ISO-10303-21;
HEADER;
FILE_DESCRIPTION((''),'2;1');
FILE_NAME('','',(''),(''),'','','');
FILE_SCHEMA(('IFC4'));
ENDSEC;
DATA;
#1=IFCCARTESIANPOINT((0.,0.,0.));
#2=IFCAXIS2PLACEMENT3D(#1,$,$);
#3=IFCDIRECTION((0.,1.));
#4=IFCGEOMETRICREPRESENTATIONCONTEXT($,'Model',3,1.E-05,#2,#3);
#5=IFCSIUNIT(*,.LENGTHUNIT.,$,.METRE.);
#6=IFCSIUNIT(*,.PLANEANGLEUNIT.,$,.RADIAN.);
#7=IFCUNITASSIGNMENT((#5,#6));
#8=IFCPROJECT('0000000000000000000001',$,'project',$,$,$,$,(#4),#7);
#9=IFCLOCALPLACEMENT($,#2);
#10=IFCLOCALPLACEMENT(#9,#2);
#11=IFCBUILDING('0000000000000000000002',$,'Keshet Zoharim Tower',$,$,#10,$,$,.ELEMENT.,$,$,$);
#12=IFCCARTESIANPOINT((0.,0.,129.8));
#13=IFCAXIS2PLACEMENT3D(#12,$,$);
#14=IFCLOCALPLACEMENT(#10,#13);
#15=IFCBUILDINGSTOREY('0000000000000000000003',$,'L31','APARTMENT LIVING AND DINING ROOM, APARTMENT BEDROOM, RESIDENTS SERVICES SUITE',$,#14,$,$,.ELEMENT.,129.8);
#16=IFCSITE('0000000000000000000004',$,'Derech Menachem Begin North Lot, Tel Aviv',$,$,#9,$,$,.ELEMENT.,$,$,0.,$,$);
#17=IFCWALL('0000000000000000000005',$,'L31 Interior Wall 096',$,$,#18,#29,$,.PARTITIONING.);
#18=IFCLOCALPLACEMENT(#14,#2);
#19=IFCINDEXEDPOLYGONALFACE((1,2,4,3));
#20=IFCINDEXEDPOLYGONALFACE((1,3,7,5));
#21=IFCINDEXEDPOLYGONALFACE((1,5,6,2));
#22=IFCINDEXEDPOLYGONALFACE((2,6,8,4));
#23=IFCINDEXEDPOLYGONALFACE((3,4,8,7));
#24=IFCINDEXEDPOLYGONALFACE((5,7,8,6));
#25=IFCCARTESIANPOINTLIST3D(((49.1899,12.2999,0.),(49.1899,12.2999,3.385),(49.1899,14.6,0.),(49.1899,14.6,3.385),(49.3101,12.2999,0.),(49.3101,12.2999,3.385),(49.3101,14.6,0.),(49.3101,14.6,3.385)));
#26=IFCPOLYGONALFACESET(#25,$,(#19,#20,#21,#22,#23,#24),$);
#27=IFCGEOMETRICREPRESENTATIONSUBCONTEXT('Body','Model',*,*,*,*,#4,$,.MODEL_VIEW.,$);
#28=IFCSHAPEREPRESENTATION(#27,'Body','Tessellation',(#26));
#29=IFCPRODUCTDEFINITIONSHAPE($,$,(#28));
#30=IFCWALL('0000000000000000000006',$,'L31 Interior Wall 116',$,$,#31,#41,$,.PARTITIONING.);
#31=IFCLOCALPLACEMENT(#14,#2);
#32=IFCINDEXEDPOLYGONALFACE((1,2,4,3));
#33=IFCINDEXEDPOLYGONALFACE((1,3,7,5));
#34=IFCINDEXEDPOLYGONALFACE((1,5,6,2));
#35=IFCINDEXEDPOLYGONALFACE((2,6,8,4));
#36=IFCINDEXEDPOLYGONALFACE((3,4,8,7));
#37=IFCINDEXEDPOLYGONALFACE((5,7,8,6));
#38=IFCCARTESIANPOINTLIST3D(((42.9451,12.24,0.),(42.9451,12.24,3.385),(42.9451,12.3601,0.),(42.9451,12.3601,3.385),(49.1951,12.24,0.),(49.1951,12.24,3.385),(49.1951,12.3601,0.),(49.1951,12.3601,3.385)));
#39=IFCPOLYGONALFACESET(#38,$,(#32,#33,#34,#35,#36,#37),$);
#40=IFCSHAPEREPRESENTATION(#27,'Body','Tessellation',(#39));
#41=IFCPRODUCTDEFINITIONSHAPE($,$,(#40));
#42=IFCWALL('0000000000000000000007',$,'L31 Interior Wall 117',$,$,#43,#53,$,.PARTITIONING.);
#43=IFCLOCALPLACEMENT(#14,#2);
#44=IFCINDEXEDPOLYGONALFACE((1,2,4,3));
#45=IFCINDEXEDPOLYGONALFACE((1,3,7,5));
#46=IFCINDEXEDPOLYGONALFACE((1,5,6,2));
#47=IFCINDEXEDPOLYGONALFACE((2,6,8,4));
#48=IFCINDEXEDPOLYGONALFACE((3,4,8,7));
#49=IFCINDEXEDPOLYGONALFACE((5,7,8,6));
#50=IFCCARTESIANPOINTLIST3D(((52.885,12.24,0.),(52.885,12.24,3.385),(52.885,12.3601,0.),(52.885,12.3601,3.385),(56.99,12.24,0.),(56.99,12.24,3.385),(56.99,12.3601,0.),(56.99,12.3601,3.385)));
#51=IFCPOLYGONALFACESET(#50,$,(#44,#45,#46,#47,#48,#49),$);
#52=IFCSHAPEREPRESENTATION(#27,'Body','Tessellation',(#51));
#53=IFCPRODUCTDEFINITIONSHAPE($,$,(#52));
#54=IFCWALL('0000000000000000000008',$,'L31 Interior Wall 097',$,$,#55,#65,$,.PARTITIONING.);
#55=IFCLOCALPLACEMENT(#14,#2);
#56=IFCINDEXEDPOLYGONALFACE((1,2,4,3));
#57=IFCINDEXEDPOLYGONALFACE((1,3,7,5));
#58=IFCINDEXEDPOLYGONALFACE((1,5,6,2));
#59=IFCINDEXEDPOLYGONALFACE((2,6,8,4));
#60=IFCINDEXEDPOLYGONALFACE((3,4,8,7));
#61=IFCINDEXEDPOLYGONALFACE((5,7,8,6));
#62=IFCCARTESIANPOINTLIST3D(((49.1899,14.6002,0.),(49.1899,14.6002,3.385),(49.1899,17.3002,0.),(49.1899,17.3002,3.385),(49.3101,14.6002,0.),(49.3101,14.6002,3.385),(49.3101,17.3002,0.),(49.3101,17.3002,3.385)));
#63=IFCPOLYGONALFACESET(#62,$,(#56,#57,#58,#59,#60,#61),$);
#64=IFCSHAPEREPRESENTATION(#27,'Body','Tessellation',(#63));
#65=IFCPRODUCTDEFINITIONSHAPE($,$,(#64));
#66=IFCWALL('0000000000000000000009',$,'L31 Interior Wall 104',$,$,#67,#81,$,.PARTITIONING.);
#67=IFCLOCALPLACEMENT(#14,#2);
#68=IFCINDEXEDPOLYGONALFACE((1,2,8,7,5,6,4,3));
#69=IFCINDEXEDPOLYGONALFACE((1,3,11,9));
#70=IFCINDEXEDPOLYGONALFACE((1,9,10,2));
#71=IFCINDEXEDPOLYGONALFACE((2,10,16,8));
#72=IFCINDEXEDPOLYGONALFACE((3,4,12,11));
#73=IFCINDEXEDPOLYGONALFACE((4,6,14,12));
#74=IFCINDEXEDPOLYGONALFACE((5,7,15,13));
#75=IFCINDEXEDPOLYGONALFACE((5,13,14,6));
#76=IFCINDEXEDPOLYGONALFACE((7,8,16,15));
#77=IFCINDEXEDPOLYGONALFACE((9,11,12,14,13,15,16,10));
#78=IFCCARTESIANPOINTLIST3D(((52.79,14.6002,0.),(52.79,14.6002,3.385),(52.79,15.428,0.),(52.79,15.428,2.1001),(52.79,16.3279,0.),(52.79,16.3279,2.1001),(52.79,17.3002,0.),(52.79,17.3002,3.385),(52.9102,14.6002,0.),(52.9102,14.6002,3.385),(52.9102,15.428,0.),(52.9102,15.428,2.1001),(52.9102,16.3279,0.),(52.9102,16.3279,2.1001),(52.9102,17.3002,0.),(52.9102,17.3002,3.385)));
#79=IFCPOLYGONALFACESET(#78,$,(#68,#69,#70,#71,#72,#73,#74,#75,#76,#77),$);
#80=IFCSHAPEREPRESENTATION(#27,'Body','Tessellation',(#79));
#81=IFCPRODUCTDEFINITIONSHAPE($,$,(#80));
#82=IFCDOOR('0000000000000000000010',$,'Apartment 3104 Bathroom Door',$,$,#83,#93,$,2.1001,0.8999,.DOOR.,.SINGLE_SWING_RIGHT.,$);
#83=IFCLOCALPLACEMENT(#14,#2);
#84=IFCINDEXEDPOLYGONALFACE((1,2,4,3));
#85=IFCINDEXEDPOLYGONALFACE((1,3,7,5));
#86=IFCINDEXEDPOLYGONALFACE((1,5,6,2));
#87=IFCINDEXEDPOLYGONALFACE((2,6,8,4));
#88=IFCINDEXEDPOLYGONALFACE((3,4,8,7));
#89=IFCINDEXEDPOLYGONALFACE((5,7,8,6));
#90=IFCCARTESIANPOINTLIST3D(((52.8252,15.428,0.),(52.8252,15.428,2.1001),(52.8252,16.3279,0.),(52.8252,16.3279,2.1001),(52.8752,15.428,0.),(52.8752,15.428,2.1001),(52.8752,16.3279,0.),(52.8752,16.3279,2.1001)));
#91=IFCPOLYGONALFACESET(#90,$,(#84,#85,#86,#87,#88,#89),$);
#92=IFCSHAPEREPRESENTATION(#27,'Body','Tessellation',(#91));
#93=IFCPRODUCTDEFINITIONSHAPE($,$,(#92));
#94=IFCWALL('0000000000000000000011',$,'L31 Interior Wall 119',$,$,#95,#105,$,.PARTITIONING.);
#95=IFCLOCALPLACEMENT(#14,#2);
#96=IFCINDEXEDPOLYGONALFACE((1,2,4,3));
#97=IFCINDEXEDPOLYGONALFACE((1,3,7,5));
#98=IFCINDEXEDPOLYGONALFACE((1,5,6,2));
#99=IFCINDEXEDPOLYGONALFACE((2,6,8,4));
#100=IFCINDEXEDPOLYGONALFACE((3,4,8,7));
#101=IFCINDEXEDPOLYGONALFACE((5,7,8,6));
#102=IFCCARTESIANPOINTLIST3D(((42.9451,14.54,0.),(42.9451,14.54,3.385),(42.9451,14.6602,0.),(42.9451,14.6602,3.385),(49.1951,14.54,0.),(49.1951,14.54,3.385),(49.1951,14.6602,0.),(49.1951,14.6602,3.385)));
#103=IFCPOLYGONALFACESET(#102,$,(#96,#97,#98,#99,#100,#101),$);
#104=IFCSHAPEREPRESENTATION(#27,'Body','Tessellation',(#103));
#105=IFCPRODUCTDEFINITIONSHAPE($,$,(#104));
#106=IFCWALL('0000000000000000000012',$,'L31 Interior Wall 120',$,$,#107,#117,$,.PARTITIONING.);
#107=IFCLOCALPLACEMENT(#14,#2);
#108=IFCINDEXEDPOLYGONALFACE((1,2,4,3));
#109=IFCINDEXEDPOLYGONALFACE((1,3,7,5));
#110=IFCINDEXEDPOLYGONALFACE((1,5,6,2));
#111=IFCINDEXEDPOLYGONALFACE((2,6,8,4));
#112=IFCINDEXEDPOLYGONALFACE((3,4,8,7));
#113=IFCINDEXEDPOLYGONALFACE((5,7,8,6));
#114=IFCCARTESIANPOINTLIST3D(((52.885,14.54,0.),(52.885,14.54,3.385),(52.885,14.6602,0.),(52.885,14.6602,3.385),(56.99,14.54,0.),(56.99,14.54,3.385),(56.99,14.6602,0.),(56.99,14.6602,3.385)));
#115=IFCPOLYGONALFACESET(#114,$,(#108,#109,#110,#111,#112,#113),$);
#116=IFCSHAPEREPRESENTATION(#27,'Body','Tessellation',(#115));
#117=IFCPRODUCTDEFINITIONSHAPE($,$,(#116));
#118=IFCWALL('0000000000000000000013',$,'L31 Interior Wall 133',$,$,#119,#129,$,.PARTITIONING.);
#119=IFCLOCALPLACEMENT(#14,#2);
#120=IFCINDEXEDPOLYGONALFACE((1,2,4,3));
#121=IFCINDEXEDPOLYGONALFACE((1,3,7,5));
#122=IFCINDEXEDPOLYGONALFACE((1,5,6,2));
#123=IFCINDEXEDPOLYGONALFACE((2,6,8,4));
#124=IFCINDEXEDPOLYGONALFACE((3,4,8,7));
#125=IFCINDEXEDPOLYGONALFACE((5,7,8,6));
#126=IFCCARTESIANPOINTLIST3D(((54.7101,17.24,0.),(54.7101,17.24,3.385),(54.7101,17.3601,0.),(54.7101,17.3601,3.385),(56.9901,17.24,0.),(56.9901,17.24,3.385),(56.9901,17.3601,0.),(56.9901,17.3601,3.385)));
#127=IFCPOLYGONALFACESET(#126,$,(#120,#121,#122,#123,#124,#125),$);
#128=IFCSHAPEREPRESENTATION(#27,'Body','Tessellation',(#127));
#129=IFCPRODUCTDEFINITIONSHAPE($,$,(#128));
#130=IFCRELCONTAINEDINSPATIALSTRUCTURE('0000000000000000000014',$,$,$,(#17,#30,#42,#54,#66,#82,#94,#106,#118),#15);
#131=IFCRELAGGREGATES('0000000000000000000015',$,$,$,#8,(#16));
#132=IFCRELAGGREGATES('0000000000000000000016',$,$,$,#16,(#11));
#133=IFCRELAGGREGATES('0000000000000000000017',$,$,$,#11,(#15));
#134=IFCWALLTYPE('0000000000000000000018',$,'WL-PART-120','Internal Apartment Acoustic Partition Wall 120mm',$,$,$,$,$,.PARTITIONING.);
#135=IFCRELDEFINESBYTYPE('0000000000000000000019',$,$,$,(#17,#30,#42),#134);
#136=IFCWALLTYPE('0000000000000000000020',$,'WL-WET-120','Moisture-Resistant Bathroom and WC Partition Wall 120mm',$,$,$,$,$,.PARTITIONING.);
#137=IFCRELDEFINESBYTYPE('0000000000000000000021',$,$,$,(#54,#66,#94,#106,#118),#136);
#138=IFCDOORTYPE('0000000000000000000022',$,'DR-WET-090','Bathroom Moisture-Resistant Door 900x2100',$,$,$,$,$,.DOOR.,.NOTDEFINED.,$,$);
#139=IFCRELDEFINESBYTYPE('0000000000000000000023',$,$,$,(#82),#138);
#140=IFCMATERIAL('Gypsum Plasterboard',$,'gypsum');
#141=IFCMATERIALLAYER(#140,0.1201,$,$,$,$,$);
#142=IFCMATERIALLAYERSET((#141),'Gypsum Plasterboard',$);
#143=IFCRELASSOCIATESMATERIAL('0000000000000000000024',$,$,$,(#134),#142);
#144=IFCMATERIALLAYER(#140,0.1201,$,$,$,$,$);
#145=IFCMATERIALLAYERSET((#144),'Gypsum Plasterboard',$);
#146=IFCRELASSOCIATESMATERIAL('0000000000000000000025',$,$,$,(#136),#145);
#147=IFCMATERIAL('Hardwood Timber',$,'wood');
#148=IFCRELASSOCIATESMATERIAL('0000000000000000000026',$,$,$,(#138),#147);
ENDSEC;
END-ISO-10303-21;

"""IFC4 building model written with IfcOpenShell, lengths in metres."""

from ifc_helpers import new_model, si_unit, direction, frame, frame_2d, origin, place, context, subcontext, project, spatial, rectangle, extrude, material, layer, layer_set, type_object, element, fill, save


model = new_model("IFC4")

# Units and contexts
model_context = context("Model", 3, precision=1e-05, world=origin(), true_north=direction((0.0, 1.0)))
body_context = subcontext(model_context, "Body", "Model", "MODEL_VIEW")
ifc_project = project(units=[si_unit("LENGTHUNIT", "METRE"), si_unit("PLANEANGLEUNIT", "RADIAN")], contexts=[model_context])

# Site, building, storey
site_placement = place(None, origin())
site = spatial("IfcSite", under=ifc_project, at=site_placement, Name="Derech Menachem Begin North Lot, Tel Aviv", CompositionType="ELEMENT", RefElevation=0.0)
building_placement = place(site_placement, origin())
building = spatial("IfcBuilding", under=site, at=building_placement, Name="Keshet Zoharim Tower", CompositionType="ELEMENT")
storey_placement = place(building_placement, frame((0.0, 0.0, 129.8)))
storey = spatial("IfcBuildingStorey", under=building, at=storey_placement, Name="L31", Description="APARTMENT LIVING AND DINING ROOM, APARTMENT BEDROOM, RESIDENTS SERVICES SUITE", CompositionType="ELEMENT", Elevation=129.8)

# Shared definitions
ifc_material_1 = material(Name="Gypsum Plasterboard", Category="gypsum")

# Shared definitions
ifc_material_2 = material(Name="Hardwood Timber", Category="wood")

# Wall
ifc_layer_1 = layer(ifc_material_1, 0.1201)
ifc_layer_set_1 = layer_set([ifc_layer_1], Name="Gypsum Plasterboard")
wall_type_1 = type_object("IfcWallType", Name="WL-PART-120", Description="Internal Apartment Acoustic Partition Wall 120mm", PredefinedType="PARTITIONING", material=ifc_layer_set_1)
wall_1_placement = place(storey_placement, frame((49.25, 12.3, 0.0), z_axis=(0.0, 0.0, 1.0), x_axis=(0.0, 1.0, 0.0)))
element("IfcWall", 1, at=wall_1_placement, inside=storey, type_object=wall_type_1, Name="L31 Interior Wall 096", PredefinedType="PARTITIONING", context=body_context, shape_type="SweptSolid", body=[
    extrude(rectangle(XDim=2.3, YDim=0.1201, at=frame_2d((1.1499, 0.0))), origin(), (0.0, 0.0, 1.0), 3.385),
])

# Walls
wall_2_placement = place(storey_placement, frame((42.9451, 12.3, 0.0), z_axis=(0.0, 0.0, 1.0), x_axis=(1.0, 0.0, 0.0)))
element("IfcWall", 2, at=wall_2_placement, inside=storey, type_object=wall_type_1, Name="L31 Interior Wall 116", PredefinedType="PARTITIONING", context=body_context, shape_type="SweptSolid", body=[
    extrude(rectangle(XDim=6.25, YDim=0.1201, at=frame_2d((3.125, 0.0))), origin(), (0.0, 0.0, 1.0), 3.385),
])
wall_3_placement = place(storey_placement, frame((52.885, 12.3, 0.0), z_axis=(0.0, 0.0, 1.0), x_axis=(1.0, 0.0, 0.0)))
element("IfcWall", 3, at=wall_3_placement, inside=storey, type_object=wall_type_1, Name="L31 Interior Wall 117", PredefinedType="PARTITIONING", context=body_context, shape_type="SweptSolid", body=[
    extrude(rectangle(XDim=4.105, YDim=0.1201, at=frame_2d((2.0525, 0.0))), origin(), (0.0, 0.0, 1.0), 3.385),
])
ifc_layer_2 = layer(ifc_material_1, 0.1201)
ifc_layer_set_2 = layer_set([ifc_layer_2], Name="Gypsum Plasterboard")
wall_type_2 = type_object("IfcWallType", Name="WL-WET-120", Description="Moisture-Resistant Bathroom and WC Partition Wall 120mm", PredefinedType="PARTITIONING", material=ifc_layer_set_2)
wall_4_placement = place(storey_placement, frame((49.25, 14.6001, 0.0), z_axis=(0.0, 0.0, 1.0), x_axis=(0.0, 1.0, 0.0)))
element("IfcWall", 4, at=wall_4_placement, inside=storey, type_object=wall_type_2, Name="L31 Interior Wall 097", PredefinedType="PARTITIONING", context=body_context, shape_type="SweptSolid", body=[
    extrude(rectangle(XDim=2.7, YDim=0.1201, at=frame_2d((1.3501, 0.0))), origin(), (0.0, 0.0, 1.0), 3.385),
])

# Wall, opening, door
wall_5_placement = place(storey_placement, frame((52.8501, 14.6001, 0.0), z_axis=(0.0, 0.0, 1.0), x_axis=(0.0, 1.0, 0.0)))
wall_5 = element("IfcWall", 5, at=wall_5_placement, inside=storey, type_object=wall_type_2, Name="L31 Interior Wall 104", PredefinedType="PARTITIONING", context=body_context, shape_type="SweptSolid", body=[
    extrude(rectangle(XDim=2.7, YDim=0.1201, at=frame_2d((1.3501, 0.0))), origin(), (0.0, 0.0, 1.0), 3.385),
])
opening_1_placement = place(wall_5_placement, frame((0.8279, 0.0, 0.0)))
opening_1 = element("IfcOpeningElement", 6, at=opening_1_placement, cuts=wall_5, PredefinedType="OPENING", context=body_context, shape_type="SweptSolid", body=[
    extrude(rectangle(XDim=0.8999, YDim=2.1001, at=frame_2d((0.45, 1.05))), frame((0.0, 0.0701, 0.0), z_axis=(0.0, -1.0, 0.0), x_axis=(1.0, 0.0, 0.0)), (0.0, 0.0, 1.0), 0.1401),
])
door_type_1 = type_object("IfcDoorType", Name="DR-WET-090", Description="Bathroom Moisture-Resistant Door 900x2100", OperationType="NOTDEFINED", PredefinedType="DOOR", material=ifc_material_2)
door_1_placement = place(opening_1_placement, origin())
door_1 = element("IfcDoor", 7, at=door_1_placement, inside=storey, type_object=door_type_1, Name="Apartment 3104 Bathroom Door", OperationType="SINGLE_SWING_RIGHT", OverallHeight=2.1001, OverallWidth=0.8999, PredefinedType="DOOR", context=body_context, shape_type="SweptSolid", body=[
    extrude(rectangle(XDim=0.8999, YDim=2.1001, at=frame_2d((0.45, 1.05))), frame((0.0, 0.0249, 0.0), z_axis=(0.0, -1.0, 0.0), x_axis=(1.0, 0.0, 0.0)), (0.0, 0.0, 1.0), 0.05),
])
fill(opening_1, door_1)

# Walls
wall_6_placement = place(storey_placement, frame((42.9451, 14.6001, 0.0), z_axis=(0.0, 0.0, 1.0), x_axis=(1.0, 0.0, 0.0)))
element("IfcWall", 8, at=wall_6_placement, inside=storey, type_object=wall_type_2, Name="L31 Interior Wall 119", PredefinedType="PARTITIONING", context=body_context, shape_type="SweptSolid", body=[
    extrude(rectangle(XDim=6.25, YDim=0.1201, at=frame_2d((3.125, 0.0))), origin(), (0.0, 0.0, 1.0), 3.385),
])
wall_7_placement = place(storey_placement, frame((52.885, 14.6001, 0.0), z_axis=(0.0, 0.0, 1.0), x_axis=(1.0, 0.0, 0.0)))
element("IfcWall", 9, at=wall_7_placement, inside=storey, type_object=wall_type_2, Name="L31 Interior Wall 120", PredefinedType="PARTITIONING", context=body_context, shape_type="SweptSolid", body=[
    extrude(rectangle(XDim=4.105, YDim=0.1201, at=frame_2d((2.0525, 0.0))), origin(), (0.0, 0.0, 1.0), 3.385),
])
wall_8_placement = place(storey_placement, frame((54.71, 17.3, 0.0), z_axis=(0.0, 0.0, 1.0), x_axis=(1.0, 0.0, 0.0)))
element("IfcWall", 10, at=wall_8_placement, inside=storey, type_object=wall_type_2, Name="L31 Interior Wall 133", PredefinedType="PARTITIONING", context=body_context, shape_type="SweptSolid", body=[
    extrude(rectangle(XDim=2.28, YDim=0.1201, at=frame_2d((1.1401, 0.0))), origin(), (0.0, 0.0, 1.0), 3.385),
])

save(model, "model.ifc")
